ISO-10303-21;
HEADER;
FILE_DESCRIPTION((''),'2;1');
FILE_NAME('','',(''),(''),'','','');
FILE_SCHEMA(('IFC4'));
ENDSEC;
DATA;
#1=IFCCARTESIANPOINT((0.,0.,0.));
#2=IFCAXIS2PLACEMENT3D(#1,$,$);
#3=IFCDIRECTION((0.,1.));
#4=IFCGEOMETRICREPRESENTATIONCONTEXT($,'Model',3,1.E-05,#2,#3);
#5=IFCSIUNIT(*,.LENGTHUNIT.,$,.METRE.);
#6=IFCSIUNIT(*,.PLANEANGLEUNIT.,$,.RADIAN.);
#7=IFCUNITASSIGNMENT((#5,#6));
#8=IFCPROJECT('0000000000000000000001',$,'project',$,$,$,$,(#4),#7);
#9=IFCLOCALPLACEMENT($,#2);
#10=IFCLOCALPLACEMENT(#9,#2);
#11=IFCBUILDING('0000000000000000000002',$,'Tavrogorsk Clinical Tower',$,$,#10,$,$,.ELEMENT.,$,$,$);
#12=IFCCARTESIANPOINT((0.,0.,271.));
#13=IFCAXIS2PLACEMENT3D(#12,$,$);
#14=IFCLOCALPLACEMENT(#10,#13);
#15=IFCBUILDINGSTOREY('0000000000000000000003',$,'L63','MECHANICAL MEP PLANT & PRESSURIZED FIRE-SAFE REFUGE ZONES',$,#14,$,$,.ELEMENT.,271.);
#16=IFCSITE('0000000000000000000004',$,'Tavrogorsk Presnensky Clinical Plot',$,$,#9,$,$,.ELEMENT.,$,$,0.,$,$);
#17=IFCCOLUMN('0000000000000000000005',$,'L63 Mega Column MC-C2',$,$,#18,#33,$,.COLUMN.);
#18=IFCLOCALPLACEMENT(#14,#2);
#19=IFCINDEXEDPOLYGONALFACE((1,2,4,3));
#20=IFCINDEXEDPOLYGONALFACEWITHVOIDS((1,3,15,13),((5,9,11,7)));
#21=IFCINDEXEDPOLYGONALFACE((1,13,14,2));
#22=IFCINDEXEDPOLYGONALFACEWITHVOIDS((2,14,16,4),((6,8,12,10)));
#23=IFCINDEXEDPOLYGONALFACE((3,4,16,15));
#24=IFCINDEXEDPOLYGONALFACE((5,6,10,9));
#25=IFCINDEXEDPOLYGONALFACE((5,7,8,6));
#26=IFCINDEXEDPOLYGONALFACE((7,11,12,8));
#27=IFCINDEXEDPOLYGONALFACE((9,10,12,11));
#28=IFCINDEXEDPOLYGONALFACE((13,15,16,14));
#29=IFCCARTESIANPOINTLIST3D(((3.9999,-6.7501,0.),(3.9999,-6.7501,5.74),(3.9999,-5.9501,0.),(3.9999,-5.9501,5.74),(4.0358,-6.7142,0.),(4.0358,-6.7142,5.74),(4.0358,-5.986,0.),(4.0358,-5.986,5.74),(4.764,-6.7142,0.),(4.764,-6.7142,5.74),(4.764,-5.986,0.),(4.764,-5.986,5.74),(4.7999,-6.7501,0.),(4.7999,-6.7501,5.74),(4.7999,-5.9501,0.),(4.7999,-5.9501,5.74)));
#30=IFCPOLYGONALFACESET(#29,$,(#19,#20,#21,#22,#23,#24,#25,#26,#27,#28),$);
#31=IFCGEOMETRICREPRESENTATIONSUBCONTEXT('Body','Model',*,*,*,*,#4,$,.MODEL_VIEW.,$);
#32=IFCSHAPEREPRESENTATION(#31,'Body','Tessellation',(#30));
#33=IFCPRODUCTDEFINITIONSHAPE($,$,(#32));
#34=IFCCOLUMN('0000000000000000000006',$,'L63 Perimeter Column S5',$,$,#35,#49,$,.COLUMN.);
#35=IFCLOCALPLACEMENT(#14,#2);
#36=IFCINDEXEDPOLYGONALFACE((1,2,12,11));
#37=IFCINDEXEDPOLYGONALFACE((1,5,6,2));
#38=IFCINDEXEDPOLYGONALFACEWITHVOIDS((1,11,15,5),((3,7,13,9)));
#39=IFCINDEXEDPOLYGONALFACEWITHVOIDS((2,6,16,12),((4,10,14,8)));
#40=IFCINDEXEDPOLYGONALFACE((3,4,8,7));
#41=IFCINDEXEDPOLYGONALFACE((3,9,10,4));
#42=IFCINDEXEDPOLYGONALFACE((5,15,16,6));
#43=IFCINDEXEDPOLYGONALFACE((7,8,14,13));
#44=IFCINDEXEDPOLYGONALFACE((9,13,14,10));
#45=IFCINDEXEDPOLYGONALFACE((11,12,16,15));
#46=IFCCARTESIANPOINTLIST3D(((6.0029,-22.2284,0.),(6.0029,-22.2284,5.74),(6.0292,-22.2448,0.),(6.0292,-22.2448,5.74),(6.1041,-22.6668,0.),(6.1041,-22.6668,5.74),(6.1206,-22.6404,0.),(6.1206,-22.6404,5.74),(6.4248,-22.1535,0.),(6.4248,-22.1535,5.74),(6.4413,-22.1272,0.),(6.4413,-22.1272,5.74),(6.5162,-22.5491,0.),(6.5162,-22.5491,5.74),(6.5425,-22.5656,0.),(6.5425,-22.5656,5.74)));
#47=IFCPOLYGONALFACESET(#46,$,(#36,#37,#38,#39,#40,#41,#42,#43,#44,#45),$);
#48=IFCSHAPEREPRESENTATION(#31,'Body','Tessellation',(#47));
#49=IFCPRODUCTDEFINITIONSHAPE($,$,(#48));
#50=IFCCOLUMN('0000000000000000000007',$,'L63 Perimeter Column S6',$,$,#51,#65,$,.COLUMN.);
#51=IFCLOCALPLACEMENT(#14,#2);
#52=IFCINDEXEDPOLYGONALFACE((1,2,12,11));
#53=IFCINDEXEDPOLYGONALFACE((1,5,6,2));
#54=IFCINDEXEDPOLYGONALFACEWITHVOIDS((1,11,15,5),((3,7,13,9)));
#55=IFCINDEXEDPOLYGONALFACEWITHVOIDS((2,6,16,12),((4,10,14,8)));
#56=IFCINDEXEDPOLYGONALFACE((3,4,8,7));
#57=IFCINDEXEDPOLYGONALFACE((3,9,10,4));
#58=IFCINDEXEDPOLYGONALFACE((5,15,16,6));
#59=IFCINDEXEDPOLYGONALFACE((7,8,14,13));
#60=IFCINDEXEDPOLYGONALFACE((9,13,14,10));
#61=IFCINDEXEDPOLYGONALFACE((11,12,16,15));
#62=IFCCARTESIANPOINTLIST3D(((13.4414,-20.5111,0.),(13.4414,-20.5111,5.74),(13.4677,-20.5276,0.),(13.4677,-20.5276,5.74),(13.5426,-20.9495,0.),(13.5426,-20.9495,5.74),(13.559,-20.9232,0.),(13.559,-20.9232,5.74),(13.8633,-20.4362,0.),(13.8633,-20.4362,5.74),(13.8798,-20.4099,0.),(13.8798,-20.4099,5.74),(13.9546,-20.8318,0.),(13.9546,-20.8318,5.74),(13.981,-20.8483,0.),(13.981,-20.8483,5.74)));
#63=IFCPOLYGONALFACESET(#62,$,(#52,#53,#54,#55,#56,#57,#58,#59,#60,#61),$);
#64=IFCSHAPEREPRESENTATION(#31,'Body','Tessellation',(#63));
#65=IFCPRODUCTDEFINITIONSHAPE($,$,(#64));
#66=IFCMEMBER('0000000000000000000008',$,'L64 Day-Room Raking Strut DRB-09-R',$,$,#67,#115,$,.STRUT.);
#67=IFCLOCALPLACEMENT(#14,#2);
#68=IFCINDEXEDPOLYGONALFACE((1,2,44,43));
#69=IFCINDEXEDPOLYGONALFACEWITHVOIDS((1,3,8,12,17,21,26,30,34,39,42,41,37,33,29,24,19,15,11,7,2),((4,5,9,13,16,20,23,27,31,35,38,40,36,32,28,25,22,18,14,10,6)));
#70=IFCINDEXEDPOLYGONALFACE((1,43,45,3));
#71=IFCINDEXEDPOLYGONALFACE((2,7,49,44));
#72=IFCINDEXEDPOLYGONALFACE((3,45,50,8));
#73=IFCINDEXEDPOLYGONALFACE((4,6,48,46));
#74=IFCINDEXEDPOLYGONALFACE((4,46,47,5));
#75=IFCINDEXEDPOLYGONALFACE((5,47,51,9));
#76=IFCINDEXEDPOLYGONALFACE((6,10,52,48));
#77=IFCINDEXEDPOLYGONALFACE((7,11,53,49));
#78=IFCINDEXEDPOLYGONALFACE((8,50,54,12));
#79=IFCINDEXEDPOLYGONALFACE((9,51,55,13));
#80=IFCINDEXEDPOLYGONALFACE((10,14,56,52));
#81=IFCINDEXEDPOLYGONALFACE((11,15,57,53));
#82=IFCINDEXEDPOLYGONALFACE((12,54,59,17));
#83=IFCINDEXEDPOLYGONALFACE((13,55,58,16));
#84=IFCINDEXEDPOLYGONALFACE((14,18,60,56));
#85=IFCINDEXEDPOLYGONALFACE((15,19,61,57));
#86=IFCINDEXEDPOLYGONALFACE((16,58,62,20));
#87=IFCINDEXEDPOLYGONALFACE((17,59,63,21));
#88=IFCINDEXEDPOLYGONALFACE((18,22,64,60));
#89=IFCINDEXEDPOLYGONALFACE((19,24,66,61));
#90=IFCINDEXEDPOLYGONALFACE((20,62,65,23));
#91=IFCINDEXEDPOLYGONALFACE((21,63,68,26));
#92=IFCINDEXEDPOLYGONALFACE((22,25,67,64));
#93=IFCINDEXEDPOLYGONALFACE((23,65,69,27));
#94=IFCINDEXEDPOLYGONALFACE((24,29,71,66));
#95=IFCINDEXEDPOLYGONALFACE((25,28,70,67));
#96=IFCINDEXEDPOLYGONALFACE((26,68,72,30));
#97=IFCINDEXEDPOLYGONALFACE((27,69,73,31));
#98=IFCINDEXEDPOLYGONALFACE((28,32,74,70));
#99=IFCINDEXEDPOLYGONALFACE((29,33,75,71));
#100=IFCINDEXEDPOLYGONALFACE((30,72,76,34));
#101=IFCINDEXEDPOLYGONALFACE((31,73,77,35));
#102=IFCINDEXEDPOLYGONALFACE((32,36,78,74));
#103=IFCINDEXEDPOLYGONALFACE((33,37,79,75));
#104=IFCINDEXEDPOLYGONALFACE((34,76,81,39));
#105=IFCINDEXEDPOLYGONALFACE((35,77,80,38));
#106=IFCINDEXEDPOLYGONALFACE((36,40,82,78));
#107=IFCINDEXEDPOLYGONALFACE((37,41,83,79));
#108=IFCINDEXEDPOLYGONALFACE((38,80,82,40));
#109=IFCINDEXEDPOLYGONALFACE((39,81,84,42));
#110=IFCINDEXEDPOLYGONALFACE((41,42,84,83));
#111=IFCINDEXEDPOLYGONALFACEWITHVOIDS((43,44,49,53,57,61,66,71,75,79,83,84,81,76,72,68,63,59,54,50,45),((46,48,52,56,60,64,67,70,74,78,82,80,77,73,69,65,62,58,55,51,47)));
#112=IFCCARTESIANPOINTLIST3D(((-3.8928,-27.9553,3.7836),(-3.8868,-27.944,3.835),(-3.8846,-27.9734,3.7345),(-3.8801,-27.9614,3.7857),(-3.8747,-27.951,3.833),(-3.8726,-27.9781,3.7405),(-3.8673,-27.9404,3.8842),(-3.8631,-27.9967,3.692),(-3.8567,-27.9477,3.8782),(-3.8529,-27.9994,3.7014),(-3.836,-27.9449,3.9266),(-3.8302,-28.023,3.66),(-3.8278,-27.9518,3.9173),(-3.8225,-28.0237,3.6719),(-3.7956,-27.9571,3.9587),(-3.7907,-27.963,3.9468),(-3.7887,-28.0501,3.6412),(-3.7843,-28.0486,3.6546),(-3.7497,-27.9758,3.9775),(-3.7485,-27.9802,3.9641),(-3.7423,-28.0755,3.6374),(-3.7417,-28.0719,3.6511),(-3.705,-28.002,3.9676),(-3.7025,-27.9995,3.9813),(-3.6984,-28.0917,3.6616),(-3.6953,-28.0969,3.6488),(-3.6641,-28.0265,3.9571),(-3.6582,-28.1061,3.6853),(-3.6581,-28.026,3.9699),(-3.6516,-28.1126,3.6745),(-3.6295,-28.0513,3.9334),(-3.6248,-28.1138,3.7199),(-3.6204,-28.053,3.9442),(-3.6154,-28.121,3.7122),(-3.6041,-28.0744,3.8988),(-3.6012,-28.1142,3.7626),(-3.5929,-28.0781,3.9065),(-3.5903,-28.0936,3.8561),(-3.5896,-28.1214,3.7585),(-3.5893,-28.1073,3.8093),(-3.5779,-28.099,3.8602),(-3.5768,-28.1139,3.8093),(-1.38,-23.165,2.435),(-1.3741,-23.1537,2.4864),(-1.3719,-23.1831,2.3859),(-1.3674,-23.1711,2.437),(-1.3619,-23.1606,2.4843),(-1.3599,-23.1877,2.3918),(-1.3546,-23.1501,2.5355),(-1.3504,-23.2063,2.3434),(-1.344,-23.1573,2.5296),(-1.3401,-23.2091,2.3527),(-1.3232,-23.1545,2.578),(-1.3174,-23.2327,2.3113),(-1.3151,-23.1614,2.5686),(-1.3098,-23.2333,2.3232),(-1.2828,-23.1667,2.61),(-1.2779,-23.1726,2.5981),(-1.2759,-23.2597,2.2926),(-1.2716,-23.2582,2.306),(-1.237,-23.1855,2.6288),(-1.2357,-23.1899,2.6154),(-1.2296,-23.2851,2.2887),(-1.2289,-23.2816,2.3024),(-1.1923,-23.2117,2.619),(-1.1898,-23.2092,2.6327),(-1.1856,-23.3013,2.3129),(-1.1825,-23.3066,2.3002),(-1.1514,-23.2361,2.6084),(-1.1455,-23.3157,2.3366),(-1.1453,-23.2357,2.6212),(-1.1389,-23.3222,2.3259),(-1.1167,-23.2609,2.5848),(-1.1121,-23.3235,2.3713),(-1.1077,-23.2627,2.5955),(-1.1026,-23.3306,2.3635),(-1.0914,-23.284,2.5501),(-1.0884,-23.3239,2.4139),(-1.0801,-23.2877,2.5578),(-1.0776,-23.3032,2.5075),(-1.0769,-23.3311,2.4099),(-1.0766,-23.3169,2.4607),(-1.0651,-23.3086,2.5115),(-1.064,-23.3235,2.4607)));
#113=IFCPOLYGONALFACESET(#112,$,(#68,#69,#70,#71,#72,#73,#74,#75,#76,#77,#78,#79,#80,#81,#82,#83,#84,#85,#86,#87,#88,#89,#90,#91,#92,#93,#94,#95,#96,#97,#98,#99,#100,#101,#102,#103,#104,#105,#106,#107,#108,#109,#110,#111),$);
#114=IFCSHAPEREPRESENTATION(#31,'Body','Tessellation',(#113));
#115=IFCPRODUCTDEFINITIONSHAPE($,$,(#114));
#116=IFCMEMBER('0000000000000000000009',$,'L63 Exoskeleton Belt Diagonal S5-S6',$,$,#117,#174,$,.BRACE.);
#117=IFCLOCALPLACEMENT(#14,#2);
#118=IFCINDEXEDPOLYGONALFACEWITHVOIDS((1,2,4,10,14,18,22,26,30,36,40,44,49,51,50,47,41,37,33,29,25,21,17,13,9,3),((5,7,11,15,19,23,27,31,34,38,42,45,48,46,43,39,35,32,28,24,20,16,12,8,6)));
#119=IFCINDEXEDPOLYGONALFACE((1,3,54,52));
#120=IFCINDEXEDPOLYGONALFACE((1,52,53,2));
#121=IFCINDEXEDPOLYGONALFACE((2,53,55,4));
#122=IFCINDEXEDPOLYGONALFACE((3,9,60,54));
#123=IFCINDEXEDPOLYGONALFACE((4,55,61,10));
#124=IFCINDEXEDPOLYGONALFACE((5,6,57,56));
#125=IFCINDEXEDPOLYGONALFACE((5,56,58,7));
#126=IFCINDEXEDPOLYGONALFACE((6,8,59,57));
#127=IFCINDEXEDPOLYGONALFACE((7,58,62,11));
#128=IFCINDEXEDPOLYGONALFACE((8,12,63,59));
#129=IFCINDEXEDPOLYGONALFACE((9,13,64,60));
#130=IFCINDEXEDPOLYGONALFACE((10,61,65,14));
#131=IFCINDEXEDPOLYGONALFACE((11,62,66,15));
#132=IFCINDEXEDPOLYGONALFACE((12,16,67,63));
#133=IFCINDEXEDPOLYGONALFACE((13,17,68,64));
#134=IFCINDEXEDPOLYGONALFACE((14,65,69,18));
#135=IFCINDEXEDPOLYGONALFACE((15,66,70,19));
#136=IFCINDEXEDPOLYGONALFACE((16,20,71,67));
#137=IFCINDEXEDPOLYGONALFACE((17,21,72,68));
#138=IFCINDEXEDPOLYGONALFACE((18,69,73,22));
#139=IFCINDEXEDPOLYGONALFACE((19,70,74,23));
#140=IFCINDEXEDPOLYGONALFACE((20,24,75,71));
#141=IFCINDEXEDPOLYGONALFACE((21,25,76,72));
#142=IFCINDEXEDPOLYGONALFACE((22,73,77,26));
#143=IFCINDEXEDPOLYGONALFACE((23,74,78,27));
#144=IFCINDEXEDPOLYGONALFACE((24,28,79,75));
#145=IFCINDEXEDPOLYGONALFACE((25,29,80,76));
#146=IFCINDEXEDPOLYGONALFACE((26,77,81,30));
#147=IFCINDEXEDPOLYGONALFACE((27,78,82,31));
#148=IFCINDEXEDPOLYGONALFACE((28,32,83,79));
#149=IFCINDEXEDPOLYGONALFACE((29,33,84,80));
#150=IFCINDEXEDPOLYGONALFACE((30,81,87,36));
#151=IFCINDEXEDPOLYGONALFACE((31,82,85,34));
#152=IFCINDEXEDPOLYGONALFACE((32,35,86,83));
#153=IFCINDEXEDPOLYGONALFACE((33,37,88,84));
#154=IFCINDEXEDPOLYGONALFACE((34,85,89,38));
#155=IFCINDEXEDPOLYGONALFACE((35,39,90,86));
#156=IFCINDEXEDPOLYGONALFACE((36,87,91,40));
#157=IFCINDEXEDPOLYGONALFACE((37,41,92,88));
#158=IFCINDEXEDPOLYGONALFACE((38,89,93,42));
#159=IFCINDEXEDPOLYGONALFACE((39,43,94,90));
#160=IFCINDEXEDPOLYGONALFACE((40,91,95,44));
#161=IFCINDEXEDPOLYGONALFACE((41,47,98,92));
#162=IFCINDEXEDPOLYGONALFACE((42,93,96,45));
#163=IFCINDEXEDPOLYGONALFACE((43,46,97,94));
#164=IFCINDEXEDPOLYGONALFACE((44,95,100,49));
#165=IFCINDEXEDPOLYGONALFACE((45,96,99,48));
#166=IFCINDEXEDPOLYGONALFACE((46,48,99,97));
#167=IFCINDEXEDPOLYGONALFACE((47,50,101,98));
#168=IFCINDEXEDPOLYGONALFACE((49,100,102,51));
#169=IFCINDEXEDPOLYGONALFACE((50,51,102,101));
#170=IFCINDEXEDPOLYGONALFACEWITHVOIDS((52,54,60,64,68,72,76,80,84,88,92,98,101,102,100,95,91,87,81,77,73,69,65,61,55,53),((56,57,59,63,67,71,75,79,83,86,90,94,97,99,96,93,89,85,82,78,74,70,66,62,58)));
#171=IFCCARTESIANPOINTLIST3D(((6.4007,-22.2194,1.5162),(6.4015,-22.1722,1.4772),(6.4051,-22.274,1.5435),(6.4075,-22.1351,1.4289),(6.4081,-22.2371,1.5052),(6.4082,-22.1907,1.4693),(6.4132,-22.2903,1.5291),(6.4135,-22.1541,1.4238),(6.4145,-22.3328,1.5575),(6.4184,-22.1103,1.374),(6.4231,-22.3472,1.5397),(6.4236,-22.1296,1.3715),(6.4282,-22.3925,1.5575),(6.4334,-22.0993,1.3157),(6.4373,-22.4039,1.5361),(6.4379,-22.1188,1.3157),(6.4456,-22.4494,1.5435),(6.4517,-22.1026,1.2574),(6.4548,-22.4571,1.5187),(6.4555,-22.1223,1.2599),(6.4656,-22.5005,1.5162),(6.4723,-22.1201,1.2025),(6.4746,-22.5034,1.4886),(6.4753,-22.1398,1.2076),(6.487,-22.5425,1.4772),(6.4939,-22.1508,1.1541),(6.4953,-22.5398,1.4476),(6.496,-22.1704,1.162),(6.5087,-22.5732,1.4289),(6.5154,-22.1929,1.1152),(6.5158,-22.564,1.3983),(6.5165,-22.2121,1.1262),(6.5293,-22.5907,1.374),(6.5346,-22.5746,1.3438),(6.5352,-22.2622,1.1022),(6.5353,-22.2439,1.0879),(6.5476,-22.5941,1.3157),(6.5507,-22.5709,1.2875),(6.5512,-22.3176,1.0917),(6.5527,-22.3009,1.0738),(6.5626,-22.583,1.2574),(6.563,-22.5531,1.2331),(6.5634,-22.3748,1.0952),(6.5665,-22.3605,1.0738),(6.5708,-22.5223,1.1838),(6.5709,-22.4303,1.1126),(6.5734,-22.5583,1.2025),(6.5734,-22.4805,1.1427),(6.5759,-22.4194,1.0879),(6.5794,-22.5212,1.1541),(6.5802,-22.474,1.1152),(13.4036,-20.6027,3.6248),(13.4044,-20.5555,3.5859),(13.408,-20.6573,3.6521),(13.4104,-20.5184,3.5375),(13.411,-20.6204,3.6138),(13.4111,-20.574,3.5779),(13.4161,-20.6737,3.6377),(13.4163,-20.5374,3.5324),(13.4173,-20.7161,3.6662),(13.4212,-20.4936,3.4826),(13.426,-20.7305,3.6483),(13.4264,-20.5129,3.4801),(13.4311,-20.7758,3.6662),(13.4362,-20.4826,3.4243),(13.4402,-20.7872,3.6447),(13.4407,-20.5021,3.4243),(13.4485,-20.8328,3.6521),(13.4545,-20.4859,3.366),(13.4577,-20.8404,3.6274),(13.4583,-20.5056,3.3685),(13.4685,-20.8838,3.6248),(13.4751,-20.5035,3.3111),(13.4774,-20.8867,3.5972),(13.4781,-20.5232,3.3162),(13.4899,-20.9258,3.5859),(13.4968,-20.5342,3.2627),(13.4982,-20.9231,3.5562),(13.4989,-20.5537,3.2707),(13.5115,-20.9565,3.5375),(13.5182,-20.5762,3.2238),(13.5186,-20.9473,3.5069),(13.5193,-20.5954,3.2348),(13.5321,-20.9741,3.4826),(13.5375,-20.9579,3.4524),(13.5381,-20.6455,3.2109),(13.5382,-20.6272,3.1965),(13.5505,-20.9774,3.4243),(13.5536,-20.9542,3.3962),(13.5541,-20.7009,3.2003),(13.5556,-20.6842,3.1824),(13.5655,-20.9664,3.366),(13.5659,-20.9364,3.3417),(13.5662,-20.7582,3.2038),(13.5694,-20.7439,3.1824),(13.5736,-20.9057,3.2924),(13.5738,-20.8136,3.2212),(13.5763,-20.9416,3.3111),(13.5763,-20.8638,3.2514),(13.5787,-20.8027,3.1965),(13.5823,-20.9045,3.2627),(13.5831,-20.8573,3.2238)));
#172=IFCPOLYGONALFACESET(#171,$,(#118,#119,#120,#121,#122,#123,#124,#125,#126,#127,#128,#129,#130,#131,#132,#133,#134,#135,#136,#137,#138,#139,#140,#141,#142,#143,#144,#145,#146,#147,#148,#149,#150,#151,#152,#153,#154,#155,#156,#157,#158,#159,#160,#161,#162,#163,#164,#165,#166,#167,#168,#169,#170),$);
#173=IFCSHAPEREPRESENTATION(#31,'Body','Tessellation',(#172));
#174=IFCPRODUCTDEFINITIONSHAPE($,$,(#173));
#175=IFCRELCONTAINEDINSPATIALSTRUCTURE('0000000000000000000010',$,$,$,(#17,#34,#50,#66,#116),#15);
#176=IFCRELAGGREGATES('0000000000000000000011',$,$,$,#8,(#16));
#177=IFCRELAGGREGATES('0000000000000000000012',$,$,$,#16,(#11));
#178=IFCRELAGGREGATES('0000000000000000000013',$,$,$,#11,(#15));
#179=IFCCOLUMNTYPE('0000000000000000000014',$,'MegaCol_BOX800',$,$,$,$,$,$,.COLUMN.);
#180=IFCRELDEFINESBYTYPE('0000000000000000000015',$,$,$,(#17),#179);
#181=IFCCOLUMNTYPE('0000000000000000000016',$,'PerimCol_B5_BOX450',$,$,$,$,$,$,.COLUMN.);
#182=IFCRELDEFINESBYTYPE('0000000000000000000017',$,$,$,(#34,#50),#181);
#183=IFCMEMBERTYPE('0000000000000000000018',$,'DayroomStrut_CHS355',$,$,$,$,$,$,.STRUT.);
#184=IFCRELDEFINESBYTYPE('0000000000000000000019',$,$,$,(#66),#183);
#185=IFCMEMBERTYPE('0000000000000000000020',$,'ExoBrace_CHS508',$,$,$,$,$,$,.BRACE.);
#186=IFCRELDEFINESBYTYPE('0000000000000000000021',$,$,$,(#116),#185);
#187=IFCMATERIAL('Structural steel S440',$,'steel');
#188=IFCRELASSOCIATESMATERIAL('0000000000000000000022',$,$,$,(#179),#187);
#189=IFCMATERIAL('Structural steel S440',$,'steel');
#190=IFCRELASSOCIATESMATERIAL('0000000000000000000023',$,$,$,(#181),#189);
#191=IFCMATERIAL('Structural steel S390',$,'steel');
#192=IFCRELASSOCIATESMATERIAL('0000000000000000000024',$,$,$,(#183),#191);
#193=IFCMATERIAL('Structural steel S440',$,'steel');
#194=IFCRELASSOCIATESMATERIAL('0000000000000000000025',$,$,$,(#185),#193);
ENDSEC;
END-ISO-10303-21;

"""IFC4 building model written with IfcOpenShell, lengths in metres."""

from ifc_helpers import new_model, si_unit, direction, frame, origin, origin_2d, place, context, subcontext, project, spatial, hollow_rectangle, hollow_circle, extrude, material, material_profile, profile_set, type_object, element, save


model = new_model("IFC4")

# Units and contexts
model_context = context("Model", 3, precision=1e-05, world=origin(), true_north=direction((0.0, 1.0)))
body_context = subcontext(model_context, "Body", "Model", "MODEL_VIEW")
ifc_project = project(units=[si_unit("LENGTHUNIT", "METRE"), si_unit("PLANEANGLEUNIT", "RADIAN")], contexts=[model_context])

# Site, building, storey
site_placement = place(None, origin())
site = spatial("IfcSite", under=ifc_project, at=site_placement, Name="Tavrogorsk Presnensky Clinical Plot", CompositionType="ELEMENT", RefElevation=0.0)
building_placement = place(site_placement, origin())
building = spatial("IfcBuilding", under=site, at=building_placement, Name="Tavrogorsk Clinical Tower", CompositionType="ELEMENT")
storey_placement = place(building_placement, frame((0.0, 0.0, 271.0)))
storey = spatial("IfcBuildingStorey", under=building, at=storey_placement, Name="L63", Description="MECHANICAL MEP PLANT & PRESSURIZED FIRE-SAFE REFUGE ZONES", CompositionType="ELEMENT", Elevation=271.0)

# Columns
ifc_material_1 = material(Name="Structural steel S440", Category="steel")
ifc_material_profile_1 = material_profile(ifc_material_1, hollow_rectangle(XDim=0.8, YDim=0.8, WallThickness=0.0359, at=origin_2d()), Name="BOX-800x800x36")
ifc_profile_set_1 = profile_set([ifc_material_profile_1], Name="Structural steel S440")
column_type_1 = type_object("IfcColumnType", Name="MegaCol_BOX800", PredefinedType="COLUMN", material=ifc_profile_set_1)
column_placement = place(storey_placement, frame((4.3999, -6.3501, 0.0), z_axis=(0.0, 0.0, 1.0), x_axis=(1.0, 0.0, 0.0)))
element("IfcColumn", 1, at=column_placement, inside=storey, type_object=column_type_1, Name="L63 Mega Column MC-C2", PredefinedType="COLUMN", context=body_context, shape_type="SweptSolid", body=[
    extrude(hollow_rectangle(XDim=0.8, YDim=0.8, WallThickness=0.0359, at=origin_2d()), origin(), (0.0, 0.0, 1.0), 5.74),
])
ifc_material_2 = material(Name="Structural steel S440", Category="steel")
ifc_material_profile_2 = material_profile(ifc_material_2, hollow_rectangle(XDim=0.45, YDim=0.45, WallThickness=0.022, at=origin_2d()), Name="BOX-450x450x22")
ifc_profile_set_2 = profile_set([ifc_material_profile_2], Name="Structural steel S440")
column_type_2 = type_object("IfcColumnType", Name="PerimCol_B5_BOX450", PredefinedType="COLUMN", material=ifc_profile_set_2)
for number, where, z_axis, x_axis, name in (
    (2, (6.2727, -22.397, 0.0), (0.0, 0.0, 1.0), (0.97437, 0.224951, 0.0), "L63 Perimeter Column S5"),
    (3, (13.7112, -20.6797, 0.0), (0.0, 0.0, 1.0), (0.97437, 0.224951, 0.0), "L63 Perimeter Column S6"),
):
    element("IfcColumn", number, at=place(storey_placement, frame(where, z_axis=z_axis, x_axis=x_axis)), inside=storey, type_object=column_type_2, Name=name, PredefinedType="COLUMN", context=body_context, shape_type="SweptSolid", body=[
        extrude(hollow_rectangle(XDim=0.45, YDim=0.45, WallThickness=0.022, at=origin_2d()), origin(), (0.0, 0.0, 1.0), 5.74),
    ])

# Members
ifc_material_3 = material(Name="Structural steel S390", Category="steel")
ifc_material_profile_3 = material_profile(ifc_material_3, hollow_circle(Radius=0.1777, WallThickness=0.0142, at=origin_2d()), Name="CHS-355.6x14.2")
ifc_profile_set_3 = profile_set([ifc_material_profile_3], Name="Structural steel S390")
member_type_1 = type_object("IfcMemberType", Name="DayroomStrut_CHS355", PredefinedType="STRUT", material=ifc_profile_set_3)
member_1_placement = place(storey_placement, frame((-1.2214, -23.241, 2.4607), z_axis=(-0.450718, -0.859262, 0.241913), x_axis=(0.885565, -0.464515, 0.0)))
element("IfcMember", 4, at=member_1_placement, inside=storey, type_object=member_type_1, Name="L64 Day-Room Raking Strut DRB-09-R", PredefinedType="STRUT", context=body_context, shape_type="SweptSolid", body=[
    extrude(hollow_circle(Radius=0.1777, WallThickness=0.0142, at=origin_2d()), origin(), (0.0, 0.0, 1.0), 5.575),
])
ifc_material_4 = material(Name="Structural steel S440", Category="steel")
ifc_material_profile_4 = material_profile(ifc_material_4, hollow_circle(Radius=0.2539, WallThickness=0.02, at=origin_2d()), Name="CHS-508x20")
ifc_profile_set_4 = profile_set([ifc_material_profile_4], Name="Structural steel S440")
member_type_2 = type_object("IfcMemberType", Name="ExoBrace_CHS508", PredefinedType="BRACE", material=ifc_profile_set_4)
for number, where, z_axis, x_axis, name in (
    (5, (6.4905, -22.3467, 1.3157), (0.934962, 0.215846, 0.281525), (-0.224944, 0.974372, 0.0), "L63 Exoskeleton Belt Diagonal S5-S6"),
):
    element("IfcMember", number, at=place(storey_placement, frame(where, z_axis=z_axis, x_axis=x_axis)), inside=storey, type_object=member_type_2, Name=name, PredefinedType="BRACE", context=body_context, shape_type="SweptSolid", body=[
        extrude(hollow_circle(Radius=0.2539, WallThickness=0.02, at=origin_2d()), origin(), (0.0, 0.0, 1.0), 7.49),
    ])

save(model, "model.ifc")
